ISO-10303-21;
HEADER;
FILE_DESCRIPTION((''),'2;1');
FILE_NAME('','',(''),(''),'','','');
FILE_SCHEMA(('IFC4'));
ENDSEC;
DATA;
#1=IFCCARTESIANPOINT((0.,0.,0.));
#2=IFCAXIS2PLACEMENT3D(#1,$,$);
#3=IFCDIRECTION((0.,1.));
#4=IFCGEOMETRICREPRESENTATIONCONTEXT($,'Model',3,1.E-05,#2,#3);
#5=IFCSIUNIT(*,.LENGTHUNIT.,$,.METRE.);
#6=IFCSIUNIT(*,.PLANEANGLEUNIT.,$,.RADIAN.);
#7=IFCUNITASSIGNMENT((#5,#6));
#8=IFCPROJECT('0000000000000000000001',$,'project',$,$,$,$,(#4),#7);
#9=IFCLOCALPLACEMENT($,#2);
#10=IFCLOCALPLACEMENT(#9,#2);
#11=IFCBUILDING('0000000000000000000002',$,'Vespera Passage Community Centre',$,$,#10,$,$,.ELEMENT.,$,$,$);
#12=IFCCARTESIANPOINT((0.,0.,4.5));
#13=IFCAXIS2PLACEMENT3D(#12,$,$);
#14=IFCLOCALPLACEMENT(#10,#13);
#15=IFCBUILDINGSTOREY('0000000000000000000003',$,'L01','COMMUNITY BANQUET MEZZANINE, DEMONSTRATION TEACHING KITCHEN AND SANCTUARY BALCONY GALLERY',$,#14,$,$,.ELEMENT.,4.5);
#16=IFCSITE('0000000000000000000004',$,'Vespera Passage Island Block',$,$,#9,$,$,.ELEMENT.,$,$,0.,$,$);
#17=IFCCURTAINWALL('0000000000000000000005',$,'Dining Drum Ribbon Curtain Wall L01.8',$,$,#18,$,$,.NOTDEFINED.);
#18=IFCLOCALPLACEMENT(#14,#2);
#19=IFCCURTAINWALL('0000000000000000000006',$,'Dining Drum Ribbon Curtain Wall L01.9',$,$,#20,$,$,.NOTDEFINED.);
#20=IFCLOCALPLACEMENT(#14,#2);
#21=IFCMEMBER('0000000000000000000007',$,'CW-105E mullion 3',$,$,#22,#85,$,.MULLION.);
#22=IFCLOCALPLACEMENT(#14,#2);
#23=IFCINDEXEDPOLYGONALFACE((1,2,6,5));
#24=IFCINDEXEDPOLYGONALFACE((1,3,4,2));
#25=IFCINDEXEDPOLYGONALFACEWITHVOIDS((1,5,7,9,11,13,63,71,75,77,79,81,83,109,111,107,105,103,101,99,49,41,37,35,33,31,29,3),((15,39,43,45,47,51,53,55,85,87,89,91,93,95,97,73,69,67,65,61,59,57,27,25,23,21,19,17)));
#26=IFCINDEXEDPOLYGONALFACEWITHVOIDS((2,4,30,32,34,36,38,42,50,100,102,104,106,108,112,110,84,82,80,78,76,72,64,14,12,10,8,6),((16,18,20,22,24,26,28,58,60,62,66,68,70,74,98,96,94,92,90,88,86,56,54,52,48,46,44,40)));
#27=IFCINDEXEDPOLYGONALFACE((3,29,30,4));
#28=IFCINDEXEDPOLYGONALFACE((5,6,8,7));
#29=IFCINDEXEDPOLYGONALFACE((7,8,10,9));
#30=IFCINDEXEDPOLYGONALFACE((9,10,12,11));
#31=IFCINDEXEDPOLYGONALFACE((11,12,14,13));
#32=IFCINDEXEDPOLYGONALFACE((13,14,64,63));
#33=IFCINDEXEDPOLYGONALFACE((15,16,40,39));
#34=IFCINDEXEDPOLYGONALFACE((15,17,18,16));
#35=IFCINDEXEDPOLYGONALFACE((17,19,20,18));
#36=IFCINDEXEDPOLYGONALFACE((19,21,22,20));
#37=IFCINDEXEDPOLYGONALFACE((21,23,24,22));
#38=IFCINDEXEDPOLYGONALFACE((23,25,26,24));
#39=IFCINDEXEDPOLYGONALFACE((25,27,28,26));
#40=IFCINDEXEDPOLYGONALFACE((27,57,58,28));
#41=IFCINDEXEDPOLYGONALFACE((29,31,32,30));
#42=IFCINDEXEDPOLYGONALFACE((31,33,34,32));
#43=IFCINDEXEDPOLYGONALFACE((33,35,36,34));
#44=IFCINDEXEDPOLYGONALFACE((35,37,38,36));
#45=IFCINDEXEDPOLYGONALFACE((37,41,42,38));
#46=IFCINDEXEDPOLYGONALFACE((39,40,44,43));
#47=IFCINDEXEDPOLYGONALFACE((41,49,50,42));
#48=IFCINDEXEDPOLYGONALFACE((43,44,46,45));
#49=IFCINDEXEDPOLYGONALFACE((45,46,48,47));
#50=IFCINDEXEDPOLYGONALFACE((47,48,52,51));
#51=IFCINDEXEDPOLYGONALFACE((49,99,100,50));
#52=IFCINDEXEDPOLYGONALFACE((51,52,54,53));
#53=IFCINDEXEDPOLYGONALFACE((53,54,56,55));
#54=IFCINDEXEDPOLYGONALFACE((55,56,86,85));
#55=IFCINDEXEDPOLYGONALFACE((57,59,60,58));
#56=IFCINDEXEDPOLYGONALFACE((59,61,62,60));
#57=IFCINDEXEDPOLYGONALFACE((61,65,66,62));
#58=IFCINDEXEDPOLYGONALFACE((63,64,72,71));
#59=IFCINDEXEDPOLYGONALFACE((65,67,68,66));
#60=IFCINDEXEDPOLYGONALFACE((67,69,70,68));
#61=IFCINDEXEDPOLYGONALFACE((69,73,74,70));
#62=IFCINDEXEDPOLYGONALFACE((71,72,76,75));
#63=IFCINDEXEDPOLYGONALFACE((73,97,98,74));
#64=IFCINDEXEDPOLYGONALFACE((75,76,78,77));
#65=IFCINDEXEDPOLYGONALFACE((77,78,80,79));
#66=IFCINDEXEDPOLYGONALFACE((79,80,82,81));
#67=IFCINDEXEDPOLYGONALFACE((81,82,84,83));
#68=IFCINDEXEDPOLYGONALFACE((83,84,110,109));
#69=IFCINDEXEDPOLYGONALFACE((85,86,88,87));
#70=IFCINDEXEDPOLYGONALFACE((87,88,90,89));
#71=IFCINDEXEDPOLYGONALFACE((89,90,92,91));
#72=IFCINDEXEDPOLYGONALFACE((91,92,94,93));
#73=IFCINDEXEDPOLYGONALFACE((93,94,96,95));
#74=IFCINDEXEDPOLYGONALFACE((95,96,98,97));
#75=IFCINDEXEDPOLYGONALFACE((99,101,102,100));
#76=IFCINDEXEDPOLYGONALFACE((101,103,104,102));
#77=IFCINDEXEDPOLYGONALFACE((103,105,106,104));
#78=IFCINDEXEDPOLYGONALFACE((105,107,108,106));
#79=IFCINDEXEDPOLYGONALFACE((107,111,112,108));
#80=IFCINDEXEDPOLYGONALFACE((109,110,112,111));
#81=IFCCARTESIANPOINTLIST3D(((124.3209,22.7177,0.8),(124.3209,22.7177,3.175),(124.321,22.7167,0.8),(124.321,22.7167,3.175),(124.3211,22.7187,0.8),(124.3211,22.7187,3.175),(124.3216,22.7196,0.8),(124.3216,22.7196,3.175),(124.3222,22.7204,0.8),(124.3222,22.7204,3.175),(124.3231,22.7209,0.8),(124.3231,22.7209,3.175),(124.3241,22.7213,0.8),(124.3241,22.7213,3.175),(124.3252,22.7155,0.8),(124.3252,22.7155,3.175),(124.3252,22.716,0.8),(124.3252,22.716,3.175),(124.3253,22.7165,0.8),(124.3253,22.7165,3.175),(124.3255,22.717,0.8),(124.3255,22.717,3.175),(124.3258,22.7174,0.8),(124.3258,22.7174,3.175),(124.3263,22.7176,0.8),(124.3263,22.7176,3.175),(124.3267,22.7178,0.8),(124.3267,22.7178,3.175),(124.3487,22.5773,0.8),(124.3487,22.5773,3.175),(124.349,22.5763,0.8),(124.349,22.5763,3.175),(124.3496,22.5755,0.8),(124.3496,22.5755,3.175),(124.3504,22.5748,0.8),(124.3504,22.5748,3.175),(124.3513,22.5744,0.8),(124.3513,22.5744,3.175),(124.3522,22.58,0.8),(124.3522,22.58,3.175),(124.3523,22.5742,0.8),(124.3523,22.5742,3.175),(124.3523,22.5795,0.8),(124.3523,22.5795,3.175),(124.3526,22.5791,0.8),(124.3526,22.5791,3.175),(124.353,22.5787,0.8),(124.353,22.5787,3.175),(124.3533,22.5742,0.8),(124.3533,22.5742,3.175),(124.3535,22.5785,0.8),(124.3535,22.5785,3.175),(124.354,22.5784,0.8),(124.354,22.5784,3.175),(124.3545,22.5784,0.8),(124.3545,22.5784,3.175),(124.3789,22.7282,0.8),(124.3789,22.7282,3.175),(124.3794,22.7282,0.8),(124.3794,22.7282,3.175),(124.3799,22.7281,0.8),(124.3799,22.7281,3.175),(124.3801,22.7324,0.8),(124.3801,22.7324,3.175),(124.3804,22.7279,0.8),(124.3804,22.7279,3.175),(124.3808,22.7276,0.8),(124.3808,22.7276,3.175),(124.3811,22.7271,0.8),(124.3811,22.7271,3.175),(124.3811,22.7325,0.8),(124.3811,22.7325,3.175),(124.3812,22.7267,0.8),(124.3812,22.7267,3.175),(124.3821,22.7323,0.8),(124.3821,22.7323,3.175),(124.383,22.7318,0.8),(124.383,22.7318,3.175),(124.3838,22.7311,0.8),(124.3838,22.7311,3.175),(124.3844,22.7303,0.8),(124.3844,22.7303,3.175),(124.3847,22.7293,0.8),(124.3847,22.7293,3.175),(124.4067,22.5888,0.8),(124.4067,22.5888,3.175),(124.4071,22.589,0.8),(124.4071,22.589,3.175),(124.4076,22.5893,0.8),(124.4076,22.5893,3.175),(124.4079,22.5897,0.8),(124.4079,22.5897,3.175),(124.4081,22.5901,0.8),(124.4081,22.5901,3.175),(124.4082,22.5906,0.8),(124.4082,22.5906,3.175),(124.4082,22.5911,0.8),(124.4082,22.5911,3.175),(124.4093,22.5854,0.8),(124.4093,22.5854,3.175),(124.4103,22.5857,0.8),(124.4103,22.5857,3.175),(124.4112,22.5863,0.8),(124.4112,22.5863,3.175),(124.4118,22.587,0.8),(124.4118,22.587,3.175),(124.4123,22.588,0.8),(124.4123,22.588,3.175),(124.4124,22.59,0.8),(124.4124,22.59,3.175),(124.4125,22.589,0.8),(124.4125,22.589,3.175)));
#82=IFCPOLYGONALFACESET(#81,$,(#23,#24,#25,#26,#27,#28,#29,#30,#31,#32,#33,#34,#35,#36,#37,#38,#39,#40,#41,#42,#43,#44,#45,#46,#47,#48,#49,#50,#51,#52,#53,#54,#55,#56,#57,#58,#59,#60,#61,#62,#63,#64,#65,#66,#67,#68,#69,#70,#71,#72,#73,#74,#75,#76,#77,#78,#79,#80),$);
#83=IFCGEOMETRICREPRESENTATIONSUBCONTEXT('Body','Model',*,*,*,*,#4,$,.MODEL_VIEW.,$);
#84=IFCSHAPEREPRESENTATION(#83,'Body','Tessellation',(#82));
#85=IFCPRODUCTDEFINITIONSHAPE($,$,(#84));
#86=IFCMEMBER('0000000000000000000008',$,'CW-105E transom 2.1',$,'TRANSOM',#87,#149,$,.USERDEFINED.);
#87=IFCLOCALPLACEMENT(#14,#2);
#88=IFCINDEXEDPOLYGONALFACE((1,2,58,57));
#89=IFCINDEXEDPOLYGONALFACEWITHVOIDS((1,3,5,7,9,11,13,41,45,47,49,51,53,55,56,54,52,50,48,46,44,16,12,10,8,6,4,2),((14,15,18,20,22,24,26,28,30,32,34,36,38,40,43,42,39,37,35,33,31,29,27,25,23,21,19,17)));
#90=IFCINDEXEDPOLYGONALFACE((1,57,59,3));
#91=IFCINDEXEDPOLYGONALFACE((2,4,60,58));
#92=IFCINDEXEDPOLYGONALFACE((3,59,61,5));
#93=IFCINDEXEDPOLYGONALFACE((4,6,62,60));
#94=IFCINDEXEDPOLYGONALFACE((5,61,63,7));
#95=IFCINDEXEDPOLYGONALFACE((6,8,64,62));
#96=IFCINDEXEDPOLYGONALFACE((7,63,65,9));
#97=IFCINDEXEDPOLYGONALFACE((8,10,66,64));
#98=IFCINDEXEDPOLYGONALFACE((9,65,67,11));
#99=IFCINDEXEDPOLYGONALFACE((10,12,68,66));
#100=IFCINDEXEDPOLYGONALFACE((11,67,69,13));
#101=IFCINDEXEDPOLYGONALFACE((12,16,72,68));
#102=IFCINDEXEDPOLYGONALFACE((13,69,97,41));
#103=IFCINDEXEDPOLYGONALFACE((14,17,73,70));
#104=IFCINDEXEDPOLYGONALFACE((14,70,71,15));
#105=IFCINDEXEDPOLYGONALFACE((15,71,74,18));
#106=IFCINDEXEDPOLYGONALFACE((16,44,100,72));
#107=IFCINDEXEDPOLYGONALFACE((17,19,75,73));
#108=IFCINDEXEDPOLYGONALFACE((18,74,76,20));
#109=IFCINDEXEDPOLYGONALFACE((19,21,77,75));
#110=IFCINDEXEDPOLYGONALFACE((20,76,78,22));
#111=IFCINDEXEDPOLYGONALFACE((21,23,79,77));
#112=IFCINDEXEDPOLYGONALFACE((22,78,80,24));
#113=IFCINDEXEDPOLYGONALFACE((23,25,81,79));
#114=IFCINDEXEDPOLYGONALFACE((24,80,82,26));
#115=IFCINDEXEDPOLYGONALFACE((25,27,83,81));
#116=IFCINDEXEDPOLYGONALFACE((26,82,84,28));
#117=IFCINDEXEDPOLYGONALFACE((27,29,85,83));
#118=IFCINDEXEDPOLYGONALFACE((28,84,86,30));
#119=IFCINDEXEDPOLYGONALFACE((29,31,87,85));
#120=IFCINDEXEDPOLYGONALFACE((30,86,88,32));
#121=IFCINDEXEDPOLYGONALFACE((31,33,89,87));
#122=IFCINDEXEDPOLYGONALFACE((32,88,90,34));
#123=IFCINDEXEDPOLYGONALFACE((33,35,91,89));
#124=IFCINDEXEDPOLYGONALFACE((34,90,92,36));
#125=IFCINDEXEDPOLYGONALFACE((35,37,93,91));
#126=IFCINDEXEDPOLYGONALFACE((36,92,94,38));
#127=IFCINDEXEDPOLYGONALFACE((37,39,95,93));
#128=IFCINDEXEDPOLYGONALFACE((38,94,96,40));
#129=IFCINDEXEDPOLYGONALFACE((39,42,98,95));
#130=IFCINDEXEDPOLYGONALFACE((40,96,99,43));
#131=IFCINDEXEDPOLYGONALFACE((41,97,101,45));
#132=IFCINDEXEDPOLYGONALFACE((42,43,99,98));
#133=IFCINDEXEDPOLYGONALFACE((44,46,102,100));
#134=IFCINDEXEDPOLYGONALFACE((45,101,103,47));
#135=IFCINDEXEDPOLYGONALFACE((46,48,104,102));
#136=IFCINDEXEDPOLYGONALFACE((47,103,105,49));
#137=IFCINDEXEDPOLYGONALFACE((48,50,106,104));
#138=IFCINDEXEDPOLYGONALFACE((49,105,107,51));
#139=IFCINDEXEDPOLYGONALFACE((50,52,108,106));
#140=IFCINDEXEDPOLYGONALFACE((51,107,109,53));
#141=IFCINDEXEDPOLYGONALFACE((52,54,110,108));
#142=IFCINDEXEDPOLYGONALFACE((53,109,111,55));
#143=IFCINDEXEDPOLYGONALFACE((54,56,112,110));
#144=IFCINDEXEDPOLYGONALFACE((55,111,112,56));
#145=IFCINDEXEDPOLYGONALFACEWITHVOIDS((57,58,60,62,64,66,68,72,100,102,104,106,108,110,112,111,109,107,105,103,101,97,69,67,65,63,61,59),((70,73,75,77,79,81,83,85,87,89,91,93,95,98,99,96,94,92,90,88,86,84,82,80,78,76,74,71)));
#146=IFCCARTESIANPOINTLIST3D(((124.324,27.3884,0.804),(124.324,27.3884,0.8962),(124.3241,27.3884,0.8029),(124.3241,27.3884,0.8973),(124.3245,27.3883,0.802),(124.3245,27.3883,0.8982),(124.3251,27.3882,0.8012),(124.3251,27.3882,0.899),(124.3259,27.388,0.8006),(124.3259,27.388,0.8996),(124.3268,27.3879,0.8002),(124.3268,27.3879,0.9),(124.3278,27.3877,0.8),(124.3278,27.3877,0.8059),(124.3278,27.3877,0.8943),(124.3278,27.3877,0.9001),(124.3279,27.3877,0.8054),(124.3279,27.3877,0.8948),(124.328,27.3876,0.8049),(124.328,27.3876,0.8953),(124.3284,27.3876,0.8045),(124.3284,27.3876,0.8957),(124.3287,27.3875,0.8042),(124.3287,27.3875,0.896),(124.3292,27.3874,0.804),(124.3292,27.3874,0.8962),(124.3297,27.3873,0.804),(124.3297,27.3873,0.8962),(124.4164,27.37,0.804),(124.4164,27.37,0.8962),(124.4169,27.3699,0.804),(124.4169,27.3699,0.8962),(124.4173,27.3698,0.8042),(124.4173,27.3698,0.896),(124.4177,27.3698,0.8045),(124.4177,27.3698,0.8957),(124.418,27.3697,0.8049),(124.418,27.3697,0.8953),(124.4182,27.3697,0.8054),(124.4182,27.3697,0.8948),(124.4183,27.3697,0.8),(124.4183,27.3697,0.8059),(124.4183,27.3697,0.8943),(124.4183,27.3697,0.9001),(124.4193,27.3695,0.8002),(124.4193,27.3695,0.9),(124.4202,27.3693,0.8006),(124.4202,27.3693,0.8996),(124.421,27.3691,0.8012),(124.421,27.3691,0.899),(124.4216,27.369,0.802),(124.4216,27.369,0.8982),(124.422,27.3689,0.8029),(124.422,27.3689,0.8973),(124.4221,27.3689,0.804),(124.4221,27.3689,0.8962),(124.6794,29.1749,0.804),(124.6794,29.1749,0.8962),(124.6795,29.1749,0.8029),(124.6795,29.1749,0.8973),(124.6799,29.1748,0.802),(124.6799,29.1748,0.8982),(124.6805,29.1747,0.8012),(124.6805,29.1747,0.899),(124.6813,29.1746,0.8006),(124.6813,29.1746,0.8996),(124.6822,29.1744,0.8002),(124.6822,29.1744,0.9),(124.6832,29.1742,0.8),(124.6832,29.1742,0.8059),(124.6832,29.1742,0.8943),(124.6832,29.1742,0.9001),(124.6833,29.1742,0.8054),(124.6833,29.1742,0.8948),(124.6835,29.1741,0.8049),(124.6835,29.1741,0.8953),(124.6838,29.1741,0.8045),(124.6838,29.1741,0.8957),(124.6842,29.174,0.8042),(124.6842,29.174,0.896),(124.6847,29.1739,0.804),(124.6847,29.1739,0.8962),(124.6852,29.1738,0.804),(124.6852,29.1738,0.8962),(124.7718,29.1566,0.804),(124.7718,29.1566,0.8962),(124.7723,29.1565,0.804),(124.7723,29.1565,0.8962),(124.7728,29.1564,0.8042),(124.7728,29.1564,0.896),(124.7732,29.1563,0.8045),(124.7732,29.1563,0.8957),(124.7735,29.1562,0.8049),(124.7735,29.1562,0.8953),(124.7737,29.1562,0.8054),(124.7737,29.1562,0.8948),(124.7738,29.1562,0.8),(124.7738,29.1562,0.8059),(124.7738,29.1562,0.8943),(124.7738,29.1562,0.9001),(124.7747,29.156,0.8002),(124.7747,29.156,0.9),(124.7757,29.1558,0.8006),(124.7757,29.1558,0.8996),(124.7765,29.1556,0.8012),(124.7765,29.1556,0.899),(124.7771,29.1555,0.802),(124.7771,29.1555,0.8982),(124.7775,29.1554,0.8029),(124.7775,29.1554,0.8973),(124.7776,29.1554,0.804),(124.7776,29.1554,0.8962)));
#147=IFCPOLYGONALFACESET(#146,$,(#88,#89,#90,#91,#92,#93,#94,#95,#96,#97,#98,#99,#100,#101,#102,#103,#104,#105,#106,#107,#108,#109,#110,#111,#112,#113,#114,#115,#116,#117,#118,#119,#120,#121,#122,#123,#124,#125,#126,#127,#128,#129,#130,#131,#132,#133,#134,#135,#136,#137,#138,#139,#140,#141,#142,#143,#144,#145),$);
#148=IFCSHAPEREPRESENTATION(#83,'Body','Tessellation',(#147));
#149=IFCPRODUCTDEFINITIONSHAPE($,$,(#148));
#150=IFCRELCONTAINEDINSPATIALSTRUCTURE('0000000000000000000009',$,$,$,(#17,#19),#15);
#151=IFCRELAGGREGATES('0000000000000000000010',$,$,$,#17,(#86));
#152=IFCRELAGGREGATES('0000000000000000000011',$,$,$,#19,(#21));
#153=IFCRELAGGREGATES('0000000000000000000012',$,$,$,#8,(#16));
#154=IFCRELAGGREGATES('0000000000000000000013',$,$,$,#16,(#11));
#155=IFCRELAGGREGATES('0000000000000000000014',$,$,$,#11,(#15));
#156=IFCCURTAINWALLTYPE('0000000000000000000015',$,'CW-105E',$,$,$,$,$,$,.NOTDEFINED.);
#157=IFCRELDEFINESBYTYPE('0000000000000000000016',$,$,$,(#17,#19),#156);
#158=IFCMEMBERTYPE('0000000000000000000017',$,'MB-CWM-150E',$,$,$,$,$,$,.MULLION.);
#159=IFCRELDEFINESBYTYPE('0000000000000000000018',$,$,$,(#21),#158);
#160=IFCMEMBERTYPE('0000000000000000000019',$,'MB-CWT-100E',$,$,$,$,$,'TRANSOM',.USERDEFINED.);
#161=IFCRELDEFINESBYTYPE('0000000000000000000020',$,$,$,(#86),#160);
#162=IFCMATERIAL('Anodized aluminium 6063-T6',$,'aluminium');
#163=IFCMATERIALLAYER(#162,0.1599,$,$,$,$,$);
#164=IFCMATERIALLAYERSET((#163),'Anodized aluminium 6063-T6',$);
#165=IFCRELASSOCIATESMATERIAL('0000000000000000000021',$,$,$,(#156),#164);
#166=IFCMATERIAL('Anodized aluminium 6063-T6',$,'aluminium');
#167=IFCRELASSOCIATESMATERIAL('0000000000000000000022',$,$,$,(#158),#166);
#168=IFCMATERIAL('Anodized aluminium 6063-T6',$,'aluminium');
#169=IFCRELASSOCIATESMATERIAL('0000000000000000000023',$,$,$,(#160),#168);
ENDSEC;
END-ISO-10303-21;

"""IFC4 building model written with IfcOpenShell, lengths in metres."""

from ifc_helpers import new_model, si_unit, direction, frame, origin, origin_2d, place, context, subcontext, project, spatial, hollow_rectangle, extrude, material, layer, layer_set, material_profile, profile_set, type_object, element, aggregate, save


model = new_model("IFC4")

# Units and contexts
model_context = context("Model", 3, precision=1e-05, world=origin(), true_north=direction((0.0, 1.0)))
body_context = subcontext(model_context, "Body", "Model", "MODEL_VIEW")
ifc_project = project(units=[si_unit("LENGTHUNIT", "METRE"), si_unit("PLANEANGLEUNIT", "RADIAN")], contexts=[model_context])

# Site, building, storey
site_placement = place(None, origin())
site = spatial("IfcSite", under=ifc_project, at=site_placement, Name="Vespera Passage Island Block", CompositionType="ELEMENT", RefElevation=0.0)
building_placement = place(site_placement, origin())
building = spatial("IfcBuilding", under=site, at=building_placement, Name="Vespera Passage Community Centre", CompositionType="ELEMENT")
storey_placement = place(building_placement, frame((0.0, 0.0, 4.5)))
storey = spatial("IfcBuildingStorey", under=building, at=storey_placement, Name="L01", Description="COMMUNITY BANQUET MEZZANINE, DEMONSTRATION TEACHING KITCHEN AND SANCTUARY BALCONY GALLERY", CompositionType="ELEMENT", Elevation=4.5)

# Curtain walls, member
ifc_material_1 = material(Name="Anodized aluminium 6063-T6", Category="aluminium")
ifc_layer_1 = layer(ifc_material_1, 0.1599)
ifc_layer_set_1 = layer_set([ifc_layer_1], Name="Anodized aluminium 6063-T6")
curtain_wall_type = type_object("IfcCurtainWallType", Name="CW-105E", PredefinedType="NOTDEFINED", material=ifc_layer_set_1)
curtain_wall_1_placement = place(storey_placement, origin())
curtain_wall_1 = element("IfcCurtainWall", 1, at=curtain_wall_1_placement, inside=storey, type_object=curtain_wall_type, Name="Dining Drum Ribbon Curtain Wall L01.8", PredefinedType="NOTDEFINED")
ifc_material_2 = material(Name="Anodized aluminium 6063-T6", Category="aluminium")
ifc_material_profile_1 = material_profile(ifc_material_2, hollow_rectangle(XDim=0.0649, YDim=0.1499, WallThickness=0.0039, InnerFilletRadius=0.002, OuterFilletRadius=0.0039, at=origin_2d()), Name="ALU150X65X4")
ifc_profile_set_1 = profile_set([ifc_material_profile_1], Name="Anodized aluminium 6063-T6")
member_type_1 = type_object("IfcMemberType", Name="MB-CWM-150E", PredefinedType="MULLION", material=ifc_profile_set_1)
curtain_wall_2_placement = place(storey_placement, origin())
curtain_wall_2 = element("IfcCurtainWall", 2, at=curtain_wall_2_placement, inside=storey, type_object=curtain_wall_type, Name="Dining Drum Ribbon Curtain Wall L01.9", PredefinedType="NOTDEFINED")
member_1_placement = place(storey_placement, frame((124.3667, 22.6533, 0.8), z_axis=(0.0, 0.0, 1.0), x_axis=(-0.980784, -0.195097, 0.0)))
member_1 = element("IfcMember", 3, at=member_1_placement, type_object=member_type_1, Name="CW-105E mullion 3", PredefinedType="MULLION", context=body_context, shape_type="SweptSolid", body=[
    extrude(hollow_rectangle(XDim=0.0649, YDim=0.1499, WallThickness=0.0039, InnerFilletRadius=0.002, OuterFilletRadius=0.0039, at=origin_2d()), origin(), (0.0, 0.0, 1.0), 2.375),
])

# Member
ifc_material_3 = material(Name="Anodized aluminium 6063-T6", Category="aluminium")
ifc_material_profile_2 = material_profile(ifc_material_3, hollow_rectangle(XDim=0.1001, YDim=0.1001, WallThickness=0.0039, InnerFilletRadius=0.002, OuterFilletRadius=0.0039, at=origin_2d()), Name="ALU100X100X4")
ifc_profile_set_2 = profile_set([ifc_material_profile_2], Name="Anodized aluminium 6063-T6")
member_type_2 = type_object("IfcMemberType", Name="MB-CWT-100E", ElementType="TRANSOM", PredefinedType="USERDEFINED", material=ifc_profile_set_2)
member_2_placement = place(storey_placement, frame((124.373, 27.3787, 0.8501), z_axis=(0.195137, 0.980776, 0.0), x_axis=(-0.980776, 0.195137, 0.0)))
member_2 = element("IfcMember", 4, at=member_2_placement, type_object=member_type_2, Name="CW-105E transom 2.1", ObjectType="TRANSOM", PredefinedType="USERDEFINED", context=body_context, shape_type="SweptSolid", body=[
    extrude(hollow_rectangle(XDim=0.1001, YDim=0.1001, WallThickness=0.0039, InnerFilletRadius=0.002, OuterFilletRadius=0.0039, at=origin_2d()), origin(), (0.0, 0.0, 1.0), 1.8215),
])

aggregate(curtain_wall_1, [member_2])
aggregate(curtain_wall_2, [member_1])

save(model, "model.ifc")
